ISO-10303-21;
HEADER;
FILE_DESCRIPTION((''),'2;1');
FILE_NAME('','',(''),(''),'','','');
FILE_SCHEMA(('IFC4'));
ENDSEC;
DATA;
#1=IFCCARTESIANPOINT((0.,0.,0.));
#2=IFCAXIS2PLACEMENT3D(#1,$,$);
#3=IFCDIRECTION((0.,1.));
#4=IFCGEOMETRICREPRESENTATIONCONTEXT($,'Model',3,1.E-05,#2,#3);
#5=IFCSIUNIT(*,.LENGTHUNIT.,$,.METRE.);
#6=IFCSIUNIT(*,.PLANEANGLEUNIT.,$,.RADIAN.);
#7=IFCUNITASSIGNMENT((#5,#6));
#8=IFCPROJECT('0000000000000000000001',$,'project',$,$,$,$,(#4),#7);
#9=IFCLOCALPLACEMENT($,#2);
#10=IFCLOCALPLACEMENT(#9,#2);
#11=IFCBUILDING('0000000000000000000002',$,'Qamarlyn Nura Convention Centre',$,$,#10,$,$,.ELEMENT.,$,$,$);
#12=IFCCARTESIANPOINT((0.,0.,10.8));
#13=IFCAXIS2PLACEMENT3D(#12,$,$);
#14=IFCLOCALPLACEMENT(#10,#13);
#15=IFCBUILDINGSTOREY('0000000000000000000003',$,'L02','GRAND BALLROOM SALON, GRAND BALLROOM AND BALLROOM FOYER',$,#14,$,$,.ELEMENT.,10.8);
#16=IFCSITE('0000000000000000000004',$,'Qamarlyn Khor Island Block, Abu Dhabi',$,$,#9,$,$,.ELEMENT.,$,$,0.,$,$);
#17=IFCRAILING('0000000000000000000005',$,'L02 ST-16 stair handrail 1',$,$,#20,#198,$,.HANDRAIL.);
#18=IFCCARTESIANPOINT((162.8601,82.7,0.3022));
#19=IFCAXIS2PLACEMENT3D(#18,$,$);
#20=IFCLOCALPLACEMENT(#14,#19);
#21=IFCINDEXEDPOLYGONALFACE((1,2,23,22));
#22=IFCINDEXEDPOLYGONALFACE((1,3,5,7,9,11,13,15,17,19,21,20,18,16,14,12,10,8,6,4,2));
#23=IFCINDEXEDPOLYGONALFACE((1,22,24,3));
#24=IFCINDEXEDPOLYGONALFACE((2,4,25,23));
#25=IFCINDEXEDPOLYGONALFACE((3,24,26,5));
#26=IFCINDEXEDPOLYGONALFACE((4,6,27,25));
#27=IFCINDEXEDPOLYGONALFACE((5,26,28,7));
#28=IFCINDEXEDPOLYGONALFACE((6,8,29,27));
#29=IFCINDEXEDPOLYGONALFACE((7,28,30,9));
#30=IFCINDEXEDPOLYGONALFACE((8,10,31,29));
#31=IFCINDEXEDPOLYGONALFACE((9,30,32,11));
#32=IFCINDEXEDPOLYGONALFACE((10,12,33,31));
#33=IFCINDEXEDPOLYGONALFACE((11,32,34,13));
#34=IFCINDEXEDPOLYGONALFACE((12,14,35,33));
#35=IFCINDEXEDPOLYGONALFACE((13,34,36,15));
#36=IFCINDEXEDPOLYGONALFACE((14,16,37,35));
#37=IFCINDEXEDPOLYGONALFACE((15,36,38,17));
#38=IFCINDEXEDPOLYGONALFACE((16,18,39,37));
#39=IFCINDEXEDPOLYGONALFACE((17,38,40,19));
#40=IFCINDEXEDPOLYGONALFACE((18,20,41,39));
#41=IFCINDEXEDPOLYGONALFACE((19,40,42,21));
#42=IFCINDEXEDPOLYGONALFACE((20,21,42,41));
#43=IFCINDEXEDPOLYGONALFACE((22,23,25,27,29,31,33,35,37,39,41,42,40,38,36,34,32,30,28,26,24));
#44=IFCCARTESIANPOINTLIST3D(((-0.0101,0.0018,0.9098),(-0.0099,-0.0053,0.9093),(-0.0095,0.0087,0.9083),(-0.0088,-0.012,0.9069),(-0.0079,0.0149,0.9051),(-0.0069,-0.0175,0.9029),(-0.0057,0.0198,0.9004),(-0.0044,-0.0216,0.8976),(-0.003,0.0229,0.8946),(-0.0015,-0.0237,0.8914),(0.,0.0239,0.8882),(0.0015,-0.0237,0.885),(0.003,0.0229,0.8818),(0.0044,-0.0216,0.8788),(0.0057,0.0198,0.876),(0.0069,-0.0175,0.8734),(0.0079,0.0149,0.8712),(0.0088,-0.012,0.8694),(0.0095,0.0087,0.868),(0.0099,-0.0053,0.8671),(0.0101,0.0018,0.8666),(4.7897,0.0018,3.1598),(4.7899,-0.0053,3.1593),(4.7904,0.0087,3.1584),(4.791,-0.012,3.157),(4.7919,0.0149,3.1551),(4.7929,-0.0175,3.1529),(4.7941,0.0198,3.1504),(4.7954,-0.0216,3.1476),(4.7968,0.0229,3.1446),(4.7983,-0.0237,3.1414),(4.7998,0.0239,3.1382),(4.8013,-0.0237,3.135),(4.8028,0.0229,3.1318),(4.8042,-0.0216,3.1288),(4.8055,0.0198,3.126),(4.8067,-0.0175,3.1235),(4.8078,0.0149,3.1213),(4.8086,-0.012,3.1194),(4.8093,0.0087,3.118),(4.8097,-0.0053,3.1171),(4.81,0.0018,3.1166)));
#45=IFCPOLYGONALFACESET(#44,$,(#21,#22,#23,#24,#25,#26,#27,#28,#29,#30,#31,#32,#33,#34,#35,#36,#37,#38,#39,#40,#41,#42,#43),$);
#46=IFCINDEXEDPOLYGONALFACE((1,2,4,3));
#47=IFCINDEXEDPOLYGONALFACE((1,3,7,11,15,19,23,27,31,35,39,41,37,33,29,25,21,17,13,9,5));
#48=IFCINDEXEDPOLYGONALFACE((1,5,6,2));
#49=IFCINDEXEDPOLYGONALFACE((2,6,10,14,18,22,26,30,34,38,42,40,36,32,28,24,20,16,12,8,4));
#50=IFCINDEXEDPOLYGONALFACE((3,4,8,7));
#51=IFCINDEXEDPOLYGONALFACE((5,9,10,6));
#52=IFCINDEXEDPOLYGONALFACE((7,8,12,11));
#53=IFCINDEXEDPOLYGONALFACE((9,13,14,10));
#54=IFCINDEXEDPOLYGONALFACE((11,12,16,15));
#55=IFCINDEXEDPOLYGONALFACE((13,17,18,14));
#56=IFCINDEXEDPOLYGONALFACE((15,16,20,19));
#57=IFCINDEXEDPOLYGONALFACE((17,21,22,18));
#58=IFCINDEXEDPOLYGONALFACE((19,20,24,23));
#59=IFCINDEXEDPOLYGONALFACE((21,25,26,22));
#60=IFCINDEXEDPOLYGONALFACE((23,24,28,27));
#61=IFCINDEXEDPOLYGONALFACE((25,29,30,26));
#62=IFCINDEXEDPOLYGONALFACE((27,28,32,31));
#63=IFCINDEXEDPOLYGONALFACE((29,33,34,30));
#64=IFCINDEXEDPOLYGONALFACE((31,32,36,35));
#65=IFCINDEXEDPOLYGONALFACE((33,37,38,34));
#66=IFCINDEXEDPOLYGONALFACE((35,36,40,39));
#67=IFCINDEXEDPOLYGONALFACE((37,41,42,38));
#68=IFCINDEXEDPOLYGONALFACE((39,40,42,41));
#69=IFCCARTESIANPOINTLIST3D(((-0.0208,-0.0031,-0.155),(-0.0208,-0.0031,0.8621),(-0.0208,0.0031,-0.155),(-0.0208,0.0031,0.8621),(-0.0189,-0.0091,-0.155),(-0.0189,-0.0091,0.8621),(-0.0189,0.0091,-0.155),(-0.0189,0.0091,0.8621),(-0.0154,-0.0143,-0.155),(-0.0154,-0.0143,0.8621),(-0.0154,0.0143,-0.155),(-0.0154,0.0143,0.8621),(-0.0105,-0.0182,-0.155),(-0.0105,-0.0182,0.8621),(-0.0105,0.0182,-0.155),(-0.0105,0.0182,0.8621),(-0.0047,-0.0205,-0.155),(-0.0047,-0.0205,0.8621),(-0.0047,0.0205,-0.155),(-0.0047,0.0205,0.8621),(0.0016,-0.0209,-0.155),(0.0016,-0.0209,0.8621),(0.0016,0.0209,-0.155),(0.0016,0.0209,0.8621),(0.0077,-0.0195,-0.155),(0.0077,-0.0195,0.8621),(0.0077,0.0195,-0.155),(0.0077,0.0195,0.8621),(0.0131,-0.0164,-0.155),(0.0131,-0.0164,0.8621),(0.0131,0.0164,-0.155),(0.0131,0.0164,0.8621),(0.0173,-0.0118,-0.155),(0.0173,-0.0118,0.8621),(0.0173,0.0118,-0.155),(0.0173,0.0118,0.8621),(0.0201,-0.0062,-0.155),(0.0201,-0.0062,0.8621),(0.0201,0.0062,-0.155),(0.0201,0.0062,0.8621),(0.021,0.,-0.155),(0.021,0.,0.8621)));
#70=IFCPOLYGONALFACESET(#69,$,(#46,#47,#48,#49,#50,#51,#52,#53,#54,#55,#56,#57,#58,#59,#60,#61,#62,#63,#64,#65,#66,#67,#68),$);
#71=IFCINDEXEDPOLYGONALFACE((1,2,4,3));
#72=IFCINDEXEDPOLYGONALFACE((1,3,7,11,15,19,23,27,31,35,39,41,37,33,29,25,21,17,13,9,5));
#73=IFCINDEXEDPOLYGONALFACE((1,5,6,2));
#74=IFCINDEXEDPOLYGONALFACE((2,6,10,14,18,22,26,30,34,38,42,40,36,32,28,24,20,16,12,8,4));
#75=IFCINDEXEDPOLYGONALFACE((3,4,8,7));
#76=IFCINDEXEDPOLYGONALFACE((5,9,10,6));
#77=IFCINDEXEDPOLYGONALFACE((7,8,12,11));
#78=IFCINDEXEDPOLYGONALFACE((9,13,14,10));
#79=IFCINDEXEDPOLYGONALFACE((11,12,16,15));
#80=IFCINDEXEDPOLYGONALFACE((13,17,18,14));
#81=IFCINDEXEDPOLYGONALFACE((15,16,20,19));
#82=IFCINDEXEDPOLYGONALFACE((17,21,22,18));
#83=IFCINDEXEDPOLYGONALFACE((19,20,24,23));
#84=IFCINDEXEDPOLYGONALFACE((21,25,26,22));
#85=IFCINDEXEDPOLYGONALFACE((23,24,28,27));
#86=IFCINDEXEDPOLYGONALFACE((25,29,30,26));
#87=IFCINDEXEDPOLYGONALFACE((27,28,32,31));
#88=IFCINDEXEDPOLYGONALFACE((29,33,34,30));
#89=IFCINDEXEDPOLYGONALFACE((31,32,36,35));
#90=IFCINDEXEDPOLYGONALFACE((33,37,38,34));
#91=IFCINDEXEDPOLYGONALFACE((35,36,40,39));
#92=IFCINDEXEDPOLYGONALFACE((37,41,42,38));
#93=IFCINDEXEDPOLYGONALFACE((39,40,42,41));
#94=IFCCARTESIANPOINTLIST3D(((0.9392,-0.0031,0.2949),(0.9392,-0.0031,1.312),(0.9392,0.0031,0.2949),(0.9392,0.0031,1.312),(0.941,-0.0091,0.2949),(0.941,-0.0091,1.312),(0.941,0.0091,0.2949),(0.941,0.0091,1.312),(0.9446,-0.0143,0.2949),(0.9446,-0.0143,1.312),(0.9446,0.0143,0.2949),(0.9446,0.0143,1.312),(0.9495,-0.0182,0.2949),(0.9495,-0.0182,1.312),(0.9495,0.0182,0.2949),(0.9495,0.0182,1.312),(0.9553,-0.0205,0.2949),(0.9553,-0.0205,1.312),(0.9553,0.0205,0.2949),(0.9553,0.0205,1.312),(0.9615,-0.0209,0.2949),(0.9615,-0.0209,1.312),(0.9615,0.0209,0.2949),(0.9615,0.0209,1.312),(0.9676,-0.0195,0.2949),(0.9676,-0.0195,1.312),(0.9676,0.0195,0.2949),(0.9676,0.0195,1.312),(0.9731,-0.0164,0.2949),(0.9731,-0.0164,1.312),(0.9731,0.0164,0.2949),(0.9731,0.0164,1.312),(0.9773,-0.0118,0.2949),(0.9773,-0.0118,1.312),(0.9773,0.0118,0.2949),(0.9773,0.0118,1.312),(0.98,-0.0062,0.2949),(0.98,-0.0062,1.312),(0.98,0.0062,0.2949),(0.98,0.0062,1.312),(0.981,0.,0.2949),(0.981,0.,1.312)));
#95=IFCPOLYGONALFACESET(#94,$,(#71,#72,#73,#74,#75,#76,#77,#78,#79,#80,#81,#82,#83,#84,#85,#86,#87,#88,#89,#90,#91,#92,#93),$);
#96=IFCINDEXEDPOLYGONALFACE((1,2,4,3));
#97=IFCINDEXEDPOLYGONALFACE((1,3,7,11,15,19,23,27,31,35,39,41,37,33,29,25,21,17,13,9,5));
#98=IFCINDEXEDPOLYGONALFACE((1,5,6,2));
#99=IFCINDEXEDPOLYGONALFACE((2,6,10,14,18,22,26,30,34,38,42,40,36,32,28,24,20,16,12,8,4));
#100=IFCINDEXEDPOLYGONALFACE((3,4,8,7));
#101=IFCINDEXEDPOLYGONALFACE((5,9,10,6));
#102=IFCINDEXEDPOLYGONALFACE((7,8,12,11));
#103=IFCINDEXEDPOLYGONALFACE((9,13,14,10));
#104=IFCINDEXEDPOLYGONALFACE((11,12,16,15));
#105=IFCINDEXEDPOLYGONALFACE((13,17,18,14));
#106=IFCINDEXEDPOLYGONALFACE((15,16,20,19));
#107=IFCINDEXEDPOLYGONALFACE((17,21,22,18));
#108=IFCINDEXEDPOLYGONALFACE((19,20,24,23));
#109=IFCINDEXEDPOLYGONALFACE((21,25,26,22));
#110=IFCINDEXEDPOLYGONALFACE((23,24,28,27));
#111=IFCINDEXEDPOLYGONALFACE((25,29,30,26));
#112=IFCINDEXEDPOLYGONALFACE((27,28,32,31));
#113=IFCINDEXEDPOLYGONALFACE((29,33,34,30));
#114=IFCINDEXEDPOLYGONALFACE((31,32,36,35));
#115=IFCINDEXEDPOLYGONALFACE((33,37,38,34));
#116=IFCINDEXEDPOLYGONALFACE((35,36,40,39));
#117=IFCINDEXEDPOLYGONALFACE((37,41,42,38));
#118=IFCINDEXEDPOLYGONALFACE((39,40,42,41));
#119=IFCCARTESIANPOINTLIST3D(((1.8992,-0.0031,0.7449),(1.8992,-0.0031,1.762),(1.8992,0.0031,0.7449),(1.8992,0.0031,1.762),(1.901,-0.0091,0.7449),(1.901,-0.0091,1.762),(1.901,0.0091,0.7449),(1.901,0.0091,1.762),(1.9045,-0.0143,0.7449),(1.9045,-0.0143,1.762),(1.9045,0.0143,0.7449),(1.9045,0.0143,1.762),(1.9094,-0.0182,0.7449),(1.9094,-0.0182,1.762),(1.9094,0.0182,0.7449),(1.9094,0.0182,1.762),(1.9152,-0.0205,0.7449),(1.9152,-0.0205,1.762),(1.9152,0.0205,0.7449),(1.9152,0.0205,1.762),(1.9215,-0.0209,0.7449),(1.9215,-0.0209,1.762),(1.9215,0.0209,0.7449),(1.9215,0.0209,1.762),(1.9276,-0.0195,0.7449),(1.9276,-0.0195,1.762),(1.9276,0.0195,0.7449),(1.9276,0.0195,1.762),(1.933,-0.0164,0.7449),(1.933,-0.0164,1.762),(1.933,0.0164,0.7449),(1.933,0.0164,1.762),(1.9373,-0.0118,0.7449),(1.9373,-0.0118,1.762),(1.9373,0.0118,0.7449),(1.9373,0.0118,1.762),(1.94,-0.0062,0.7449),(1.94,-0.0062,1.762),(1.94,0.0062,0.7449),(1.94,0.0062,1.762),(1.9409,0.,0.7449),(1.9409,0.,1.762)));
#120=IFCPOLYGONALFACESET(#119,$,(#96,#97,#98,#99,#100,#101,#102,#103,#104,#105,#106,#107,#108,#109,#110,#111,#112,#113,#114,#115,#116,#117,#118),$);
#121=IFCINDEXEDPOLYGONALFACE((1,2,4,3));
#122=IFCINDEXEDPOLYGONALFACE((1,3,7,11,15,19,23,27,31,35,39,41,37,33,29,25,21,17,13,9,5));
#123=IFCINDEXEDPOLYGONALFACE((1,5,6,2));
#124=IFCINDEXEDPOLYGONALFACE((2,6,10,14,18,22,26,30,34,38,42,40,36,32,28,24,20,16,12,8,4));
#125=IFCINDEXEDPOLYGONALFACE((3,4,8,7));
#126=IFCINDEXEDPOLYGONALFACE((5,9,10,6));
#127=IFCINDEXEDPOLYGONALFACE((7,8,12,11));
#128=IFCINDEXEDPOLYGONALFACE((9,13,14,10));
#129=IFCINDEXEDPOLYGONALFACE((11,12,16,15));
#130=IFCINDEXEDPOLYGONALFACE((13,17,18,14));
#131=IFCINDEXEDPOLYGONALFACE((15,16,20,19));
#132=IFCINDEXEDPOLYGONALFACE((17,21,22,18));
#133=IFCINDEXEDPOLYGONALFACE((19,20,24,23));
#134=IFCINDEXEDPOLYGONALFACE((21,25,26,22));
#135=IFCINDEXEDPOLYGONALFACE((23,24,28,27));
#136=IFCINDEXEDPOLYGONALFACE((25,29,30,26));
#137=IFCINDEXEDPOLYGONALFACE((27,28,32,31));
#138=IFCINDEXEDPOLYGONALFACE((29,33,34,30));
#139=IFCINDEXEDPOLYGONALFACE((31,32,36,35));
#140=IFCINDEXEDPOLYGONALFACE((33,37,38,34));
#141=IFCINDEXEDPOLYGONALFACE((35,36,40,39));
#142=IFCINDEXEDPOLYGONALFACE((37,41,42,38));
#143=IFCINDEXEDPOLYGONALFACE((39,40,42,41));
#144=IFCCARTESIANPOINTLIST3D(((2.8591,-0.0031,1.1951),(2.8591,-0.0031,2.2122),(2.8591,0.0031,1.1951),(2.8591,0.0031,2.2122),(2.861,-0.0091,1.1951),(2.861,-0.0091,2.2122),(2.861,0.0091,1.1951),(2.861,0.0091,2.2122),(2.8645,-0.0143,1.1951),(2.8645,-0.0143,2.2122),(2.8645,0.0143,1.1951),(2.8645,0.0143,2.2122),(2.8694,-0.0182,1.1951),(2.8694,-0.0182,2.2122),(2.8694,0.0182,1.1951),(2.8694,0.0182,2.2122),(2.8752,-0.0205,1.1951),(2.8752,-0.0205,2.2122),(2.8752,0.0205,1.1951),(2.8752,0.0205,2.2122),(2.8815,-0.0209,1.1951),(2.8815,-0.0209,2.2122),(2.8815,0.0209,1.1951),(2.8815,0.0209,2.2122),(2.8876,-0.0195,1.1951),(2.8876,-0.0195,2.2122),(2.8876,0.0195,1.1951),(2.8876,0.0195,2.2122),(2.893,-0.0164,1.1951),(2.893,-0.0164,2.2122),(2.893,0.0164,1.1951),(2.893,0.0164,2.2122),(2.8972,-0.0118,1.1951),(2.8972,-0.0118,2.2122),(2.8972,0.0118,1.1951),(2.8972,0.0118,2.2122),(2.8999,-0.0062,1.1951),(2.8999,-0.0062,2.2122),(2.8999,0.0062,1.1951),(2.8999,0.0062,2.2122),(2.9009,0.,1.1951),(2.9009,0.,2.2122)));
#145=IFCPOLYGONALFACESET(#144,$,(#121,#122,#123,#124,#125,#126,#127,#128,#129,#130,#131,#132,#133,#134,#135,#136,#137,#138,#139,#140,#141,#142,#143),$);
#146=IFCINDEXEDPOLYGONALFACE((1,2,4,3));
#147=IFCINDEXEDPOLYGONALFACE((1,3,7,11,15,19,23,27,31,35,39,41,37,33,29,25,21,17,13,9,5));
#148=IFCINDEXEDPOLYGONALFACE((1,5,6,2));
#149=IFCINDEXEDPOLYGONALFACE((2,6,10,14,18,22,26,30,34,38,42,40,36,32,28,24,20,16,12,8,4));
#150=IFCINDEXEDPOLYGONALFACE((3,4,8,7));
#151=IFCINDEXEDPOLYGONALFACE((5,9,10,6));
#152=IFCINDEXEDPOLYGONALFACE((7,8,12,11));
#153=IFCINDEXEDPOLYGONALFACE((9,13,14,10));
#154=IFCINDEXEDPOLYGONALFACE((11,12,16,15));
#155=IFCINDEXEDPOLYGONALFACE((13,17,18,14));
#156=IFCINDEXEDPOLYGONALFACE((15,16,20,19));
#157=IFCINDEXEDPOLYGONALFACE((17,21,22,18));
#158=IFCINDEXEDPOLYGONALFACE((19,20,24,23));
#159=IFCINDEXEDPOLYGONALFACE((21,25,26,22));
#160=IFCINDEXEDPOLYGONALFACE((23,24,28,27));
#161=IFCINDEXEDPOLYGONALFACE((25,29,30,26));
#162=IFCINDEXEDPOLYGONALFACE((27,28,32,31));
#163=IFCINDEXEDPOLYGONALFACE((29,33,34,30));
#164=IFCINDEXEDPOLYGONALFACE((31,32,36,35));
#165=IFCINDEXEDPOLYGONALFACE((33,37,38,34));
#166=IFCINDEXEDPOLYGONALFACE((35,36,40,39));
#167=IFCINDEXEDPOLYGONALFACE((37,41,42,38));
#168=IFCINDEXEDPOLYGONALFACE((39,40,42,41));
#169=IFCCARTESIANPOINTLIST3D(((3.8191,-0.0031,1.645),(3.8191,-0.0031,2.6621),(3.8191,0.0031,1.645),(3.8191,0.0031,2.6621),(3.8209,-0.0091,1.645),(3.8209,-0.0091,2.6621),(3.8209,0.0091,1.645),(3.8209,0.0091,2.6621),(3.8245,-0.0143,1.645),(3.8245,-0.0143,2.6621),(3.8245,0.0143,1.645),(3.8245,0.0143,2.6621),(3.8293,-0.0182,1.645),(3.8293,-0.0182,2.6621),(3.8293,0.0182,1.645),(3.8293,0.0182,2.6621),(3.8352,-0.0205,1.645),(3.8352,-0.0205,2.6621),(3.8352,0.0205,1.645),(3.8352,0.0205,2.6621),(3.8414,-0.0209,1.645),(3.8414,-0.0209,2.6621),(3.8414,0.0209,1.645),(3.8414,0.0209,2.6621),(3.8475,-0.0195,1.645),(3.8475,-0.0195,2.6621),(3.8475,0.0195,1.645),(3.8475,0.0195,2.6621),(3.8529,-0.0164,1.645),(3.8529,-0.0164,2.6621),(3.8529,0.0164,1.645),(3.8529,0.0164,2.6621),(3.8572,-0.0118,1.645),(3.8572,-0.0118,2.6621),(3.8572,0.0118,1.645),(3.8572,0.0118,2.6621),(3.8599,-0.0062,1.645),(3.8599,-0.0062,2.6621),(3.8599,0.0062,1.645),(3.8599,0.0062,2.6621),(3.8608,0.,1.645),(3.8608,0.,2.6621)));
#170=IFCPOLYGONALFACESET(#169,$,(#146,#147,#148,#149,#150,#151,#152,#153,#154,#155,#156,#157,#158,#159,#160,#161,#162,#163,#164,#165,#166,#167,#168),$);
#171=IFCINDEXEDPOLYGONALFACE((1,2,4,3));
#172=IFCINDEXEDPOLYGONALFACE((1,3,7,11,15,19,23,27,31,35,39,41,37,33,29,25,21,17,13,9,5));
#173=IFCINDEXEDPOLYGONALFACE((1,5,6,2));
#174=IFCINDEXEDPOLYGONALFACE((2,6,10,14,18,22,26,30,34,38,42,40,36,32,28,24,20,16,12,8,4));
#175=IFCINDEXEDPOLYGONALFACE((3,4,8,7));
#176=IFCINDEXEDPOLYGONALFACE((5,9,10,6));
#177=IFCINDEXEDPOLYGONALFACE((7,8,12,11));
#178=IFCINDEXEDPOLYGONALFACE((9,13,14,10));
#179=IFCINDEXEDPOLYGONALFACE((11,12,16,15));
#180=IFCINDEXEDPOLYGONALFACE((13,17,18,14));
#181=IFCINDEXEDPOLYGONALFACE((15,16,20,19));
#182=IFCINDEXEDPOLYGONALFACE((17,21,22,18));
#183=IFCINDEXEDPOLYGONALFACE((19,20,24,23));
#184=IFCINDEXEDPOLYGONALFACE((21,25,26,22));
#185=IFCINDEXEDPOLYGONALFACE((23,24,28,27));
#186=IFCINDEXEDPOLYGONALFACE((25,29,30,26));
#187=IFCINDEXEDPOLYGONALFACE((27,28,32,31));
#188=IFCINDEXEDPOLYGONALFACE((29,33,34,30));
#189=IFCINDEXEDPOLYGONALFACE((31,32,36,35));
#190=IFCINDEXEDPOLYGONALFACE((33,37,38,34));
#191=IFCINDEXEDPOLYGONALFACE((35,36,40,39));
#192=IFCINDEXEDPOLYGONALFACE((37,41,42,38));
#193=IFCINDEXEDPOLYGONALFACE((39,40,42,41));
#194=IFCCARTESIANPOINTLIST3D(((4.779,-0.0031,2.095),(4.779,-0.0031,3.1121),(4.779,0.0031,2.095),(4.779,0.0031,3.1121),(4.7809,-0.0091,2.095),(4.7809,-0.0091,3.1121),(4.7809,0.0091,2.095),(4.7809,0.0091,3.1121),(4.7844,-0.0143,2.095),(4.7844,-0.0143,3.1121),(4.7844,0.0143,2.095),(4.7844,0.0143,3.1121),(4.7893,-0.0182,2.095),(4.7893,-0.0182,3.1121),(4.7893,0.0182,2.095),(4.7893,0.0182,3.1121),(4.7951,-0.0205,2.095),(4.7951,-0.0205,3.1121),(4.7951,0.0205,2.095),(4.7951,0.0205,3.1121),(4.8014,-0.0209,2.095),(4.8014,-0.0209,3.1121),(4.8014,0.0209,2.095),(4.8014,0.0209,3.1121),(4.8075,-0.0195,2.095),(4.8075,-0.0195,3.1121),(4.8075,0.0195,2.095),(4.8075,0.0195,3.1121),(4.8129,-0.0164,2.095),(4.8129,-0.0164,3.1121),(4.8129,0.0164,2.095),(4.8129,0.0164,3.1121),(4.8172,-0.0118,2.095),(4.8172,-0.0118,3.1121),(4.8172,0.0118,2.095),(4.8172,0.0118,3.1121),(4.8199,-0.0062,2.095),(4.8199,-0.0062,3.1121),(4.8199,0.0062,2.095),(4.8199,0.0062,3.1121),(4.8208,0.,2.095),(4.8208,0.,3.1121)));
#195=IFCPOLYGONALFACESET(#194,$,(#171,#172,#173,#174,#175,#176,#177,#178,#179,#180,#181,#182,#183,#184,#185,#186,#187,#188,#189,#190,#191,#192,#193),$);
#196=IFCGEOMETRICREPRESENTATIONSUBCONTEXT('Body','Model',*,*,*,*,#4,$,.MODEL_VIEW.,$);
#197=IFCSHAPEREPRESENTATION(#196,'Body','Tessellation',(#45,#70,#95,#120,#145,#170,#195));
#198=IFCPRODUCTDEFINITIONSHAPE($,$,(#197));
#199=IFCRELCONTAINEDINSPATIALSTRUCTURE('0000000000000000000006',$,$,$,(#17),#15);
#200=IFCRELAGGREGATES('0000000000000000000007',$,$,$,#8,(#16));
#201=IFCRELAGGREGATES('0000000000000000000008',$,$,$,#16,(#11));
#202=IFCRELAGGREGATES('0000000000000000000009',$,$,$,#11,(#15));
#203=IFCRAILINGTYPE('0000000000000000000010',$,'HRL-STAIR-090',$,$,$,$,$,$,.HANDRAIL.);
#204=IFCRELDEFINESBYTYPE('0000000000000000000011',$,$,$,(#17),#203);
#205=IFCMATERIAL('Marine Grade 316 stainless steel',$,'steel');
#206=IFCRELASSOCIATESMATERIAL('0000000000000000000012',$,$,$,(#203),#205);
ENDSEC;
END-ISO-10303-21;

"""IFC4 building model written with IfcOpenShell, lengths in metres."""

from ifc_helpers import new_model, si_unit, direction, frame, origin, origin_2d, place, context, subcontext, project, spatial, circle, extrude, material, type_object, element, save


model = new_model("IFC4")

# Units and contexts
model_context = context("Model", 3, precision=1e-05, world=origin(), true_north=direction((0.0, 1.0)))
body_context = subcontext(model_context, "Body", "Model", "MODEL_VIEW")
ifc_project = project(units=[si_unit("LENGTHUNIT", "METRE"), si_unit("PLANEANGLEUNIT", "RADIAN")], contexts=[model_context])

# Site, building, storey
site_placement = place(None, origin())
site = spatial("IfcSite", under=ifc_project, at=site_placement, Name="Qamarlyn Khor Island Block, Abu Dhabi", CompositionType="ELEMENT", RefElevation=0.0)
building_placement = place(site_placement, origin())
building = spatial("IfcBuilding", under=site, at=building_placement, Name="Qamarlyn Nura Convention Centre", CompositionType="ELEMENT")
storey_placement = place(building_placement, frame((0.0, 0.0, 10.8)))
storey = spatial("IfcBuildingStorey", under=building, at=storey_placement, Name="L02", Description="GRAND BALLROOM SALON, GRAND BALLROOM AND BALLROOM FOYER", CompositionType="ELEMENT", Elevation=10.8)

# Railing
ifc_material_1 = material(Name="Marine Grade 316 stainless steel", Category="steel")
railing_type_1 = type_object("IfcRailingType", Name="HRL-STAIR-090", PredefinedType="HANDRAIL", material=ifc_material_1)
railing_1_placement = place(storey_placement, frame((162.8601, 82.7, 0.3022)))
element("IfcRailing", 1, at=railing_1_placement, inside=storey, type_object=railing_type_1, Name="L02 ST-16 stair handrail 1", PredefinedType="HANDRAIL", context=body_context, shape_type="SweptSolid", body=[
    extrude(circle(Radius=0.0239, at=origin_2d()), frame((0.0, 0.0, 0.8882), z_axis=(0.905452, 0.0, 0.424448), x_axis=(0.0, 1.0, 0.0)), (0.0, 0.0, 1.0), 5.301),
    extrude(circle(Radius=0.021, at=origin_2d()), frame((0.0, 0.0, -0.155)), (0.0, 0.0, 1.0), 1.0171),
    extrude(circle(Radius=0.021, at=origin_2d()), frame((0.96, 0.0, 0.2949)), (0.0, 0.0, 1.0), 1.0171),
    extrude(circle(Radius=0.021, at=origin_2d()), frame((1.9199, 0.0, 0.7449)), (0.0, 0.0, 1.0), 1.0171),
    extrude(circle(Radius=0.021, at=origin_2d()), frame((2.8799, 0.0, 1.1951)), (0.0, 0.0, 1.0), 1.0171),
    extrude(circle(Radius=0.021, at=origin_2d()), frame((3.8398, 0.0, 1.645)), (0.0, 0.0, 1.0), 1.0171),
    extrude(circle(Radius=0.021, at=origin_2d()), frame((4.7998, 0.0, 2.095)), (0.0, 0.0, 1.0), 1.0171),
])

save(model, "model.ifc")
